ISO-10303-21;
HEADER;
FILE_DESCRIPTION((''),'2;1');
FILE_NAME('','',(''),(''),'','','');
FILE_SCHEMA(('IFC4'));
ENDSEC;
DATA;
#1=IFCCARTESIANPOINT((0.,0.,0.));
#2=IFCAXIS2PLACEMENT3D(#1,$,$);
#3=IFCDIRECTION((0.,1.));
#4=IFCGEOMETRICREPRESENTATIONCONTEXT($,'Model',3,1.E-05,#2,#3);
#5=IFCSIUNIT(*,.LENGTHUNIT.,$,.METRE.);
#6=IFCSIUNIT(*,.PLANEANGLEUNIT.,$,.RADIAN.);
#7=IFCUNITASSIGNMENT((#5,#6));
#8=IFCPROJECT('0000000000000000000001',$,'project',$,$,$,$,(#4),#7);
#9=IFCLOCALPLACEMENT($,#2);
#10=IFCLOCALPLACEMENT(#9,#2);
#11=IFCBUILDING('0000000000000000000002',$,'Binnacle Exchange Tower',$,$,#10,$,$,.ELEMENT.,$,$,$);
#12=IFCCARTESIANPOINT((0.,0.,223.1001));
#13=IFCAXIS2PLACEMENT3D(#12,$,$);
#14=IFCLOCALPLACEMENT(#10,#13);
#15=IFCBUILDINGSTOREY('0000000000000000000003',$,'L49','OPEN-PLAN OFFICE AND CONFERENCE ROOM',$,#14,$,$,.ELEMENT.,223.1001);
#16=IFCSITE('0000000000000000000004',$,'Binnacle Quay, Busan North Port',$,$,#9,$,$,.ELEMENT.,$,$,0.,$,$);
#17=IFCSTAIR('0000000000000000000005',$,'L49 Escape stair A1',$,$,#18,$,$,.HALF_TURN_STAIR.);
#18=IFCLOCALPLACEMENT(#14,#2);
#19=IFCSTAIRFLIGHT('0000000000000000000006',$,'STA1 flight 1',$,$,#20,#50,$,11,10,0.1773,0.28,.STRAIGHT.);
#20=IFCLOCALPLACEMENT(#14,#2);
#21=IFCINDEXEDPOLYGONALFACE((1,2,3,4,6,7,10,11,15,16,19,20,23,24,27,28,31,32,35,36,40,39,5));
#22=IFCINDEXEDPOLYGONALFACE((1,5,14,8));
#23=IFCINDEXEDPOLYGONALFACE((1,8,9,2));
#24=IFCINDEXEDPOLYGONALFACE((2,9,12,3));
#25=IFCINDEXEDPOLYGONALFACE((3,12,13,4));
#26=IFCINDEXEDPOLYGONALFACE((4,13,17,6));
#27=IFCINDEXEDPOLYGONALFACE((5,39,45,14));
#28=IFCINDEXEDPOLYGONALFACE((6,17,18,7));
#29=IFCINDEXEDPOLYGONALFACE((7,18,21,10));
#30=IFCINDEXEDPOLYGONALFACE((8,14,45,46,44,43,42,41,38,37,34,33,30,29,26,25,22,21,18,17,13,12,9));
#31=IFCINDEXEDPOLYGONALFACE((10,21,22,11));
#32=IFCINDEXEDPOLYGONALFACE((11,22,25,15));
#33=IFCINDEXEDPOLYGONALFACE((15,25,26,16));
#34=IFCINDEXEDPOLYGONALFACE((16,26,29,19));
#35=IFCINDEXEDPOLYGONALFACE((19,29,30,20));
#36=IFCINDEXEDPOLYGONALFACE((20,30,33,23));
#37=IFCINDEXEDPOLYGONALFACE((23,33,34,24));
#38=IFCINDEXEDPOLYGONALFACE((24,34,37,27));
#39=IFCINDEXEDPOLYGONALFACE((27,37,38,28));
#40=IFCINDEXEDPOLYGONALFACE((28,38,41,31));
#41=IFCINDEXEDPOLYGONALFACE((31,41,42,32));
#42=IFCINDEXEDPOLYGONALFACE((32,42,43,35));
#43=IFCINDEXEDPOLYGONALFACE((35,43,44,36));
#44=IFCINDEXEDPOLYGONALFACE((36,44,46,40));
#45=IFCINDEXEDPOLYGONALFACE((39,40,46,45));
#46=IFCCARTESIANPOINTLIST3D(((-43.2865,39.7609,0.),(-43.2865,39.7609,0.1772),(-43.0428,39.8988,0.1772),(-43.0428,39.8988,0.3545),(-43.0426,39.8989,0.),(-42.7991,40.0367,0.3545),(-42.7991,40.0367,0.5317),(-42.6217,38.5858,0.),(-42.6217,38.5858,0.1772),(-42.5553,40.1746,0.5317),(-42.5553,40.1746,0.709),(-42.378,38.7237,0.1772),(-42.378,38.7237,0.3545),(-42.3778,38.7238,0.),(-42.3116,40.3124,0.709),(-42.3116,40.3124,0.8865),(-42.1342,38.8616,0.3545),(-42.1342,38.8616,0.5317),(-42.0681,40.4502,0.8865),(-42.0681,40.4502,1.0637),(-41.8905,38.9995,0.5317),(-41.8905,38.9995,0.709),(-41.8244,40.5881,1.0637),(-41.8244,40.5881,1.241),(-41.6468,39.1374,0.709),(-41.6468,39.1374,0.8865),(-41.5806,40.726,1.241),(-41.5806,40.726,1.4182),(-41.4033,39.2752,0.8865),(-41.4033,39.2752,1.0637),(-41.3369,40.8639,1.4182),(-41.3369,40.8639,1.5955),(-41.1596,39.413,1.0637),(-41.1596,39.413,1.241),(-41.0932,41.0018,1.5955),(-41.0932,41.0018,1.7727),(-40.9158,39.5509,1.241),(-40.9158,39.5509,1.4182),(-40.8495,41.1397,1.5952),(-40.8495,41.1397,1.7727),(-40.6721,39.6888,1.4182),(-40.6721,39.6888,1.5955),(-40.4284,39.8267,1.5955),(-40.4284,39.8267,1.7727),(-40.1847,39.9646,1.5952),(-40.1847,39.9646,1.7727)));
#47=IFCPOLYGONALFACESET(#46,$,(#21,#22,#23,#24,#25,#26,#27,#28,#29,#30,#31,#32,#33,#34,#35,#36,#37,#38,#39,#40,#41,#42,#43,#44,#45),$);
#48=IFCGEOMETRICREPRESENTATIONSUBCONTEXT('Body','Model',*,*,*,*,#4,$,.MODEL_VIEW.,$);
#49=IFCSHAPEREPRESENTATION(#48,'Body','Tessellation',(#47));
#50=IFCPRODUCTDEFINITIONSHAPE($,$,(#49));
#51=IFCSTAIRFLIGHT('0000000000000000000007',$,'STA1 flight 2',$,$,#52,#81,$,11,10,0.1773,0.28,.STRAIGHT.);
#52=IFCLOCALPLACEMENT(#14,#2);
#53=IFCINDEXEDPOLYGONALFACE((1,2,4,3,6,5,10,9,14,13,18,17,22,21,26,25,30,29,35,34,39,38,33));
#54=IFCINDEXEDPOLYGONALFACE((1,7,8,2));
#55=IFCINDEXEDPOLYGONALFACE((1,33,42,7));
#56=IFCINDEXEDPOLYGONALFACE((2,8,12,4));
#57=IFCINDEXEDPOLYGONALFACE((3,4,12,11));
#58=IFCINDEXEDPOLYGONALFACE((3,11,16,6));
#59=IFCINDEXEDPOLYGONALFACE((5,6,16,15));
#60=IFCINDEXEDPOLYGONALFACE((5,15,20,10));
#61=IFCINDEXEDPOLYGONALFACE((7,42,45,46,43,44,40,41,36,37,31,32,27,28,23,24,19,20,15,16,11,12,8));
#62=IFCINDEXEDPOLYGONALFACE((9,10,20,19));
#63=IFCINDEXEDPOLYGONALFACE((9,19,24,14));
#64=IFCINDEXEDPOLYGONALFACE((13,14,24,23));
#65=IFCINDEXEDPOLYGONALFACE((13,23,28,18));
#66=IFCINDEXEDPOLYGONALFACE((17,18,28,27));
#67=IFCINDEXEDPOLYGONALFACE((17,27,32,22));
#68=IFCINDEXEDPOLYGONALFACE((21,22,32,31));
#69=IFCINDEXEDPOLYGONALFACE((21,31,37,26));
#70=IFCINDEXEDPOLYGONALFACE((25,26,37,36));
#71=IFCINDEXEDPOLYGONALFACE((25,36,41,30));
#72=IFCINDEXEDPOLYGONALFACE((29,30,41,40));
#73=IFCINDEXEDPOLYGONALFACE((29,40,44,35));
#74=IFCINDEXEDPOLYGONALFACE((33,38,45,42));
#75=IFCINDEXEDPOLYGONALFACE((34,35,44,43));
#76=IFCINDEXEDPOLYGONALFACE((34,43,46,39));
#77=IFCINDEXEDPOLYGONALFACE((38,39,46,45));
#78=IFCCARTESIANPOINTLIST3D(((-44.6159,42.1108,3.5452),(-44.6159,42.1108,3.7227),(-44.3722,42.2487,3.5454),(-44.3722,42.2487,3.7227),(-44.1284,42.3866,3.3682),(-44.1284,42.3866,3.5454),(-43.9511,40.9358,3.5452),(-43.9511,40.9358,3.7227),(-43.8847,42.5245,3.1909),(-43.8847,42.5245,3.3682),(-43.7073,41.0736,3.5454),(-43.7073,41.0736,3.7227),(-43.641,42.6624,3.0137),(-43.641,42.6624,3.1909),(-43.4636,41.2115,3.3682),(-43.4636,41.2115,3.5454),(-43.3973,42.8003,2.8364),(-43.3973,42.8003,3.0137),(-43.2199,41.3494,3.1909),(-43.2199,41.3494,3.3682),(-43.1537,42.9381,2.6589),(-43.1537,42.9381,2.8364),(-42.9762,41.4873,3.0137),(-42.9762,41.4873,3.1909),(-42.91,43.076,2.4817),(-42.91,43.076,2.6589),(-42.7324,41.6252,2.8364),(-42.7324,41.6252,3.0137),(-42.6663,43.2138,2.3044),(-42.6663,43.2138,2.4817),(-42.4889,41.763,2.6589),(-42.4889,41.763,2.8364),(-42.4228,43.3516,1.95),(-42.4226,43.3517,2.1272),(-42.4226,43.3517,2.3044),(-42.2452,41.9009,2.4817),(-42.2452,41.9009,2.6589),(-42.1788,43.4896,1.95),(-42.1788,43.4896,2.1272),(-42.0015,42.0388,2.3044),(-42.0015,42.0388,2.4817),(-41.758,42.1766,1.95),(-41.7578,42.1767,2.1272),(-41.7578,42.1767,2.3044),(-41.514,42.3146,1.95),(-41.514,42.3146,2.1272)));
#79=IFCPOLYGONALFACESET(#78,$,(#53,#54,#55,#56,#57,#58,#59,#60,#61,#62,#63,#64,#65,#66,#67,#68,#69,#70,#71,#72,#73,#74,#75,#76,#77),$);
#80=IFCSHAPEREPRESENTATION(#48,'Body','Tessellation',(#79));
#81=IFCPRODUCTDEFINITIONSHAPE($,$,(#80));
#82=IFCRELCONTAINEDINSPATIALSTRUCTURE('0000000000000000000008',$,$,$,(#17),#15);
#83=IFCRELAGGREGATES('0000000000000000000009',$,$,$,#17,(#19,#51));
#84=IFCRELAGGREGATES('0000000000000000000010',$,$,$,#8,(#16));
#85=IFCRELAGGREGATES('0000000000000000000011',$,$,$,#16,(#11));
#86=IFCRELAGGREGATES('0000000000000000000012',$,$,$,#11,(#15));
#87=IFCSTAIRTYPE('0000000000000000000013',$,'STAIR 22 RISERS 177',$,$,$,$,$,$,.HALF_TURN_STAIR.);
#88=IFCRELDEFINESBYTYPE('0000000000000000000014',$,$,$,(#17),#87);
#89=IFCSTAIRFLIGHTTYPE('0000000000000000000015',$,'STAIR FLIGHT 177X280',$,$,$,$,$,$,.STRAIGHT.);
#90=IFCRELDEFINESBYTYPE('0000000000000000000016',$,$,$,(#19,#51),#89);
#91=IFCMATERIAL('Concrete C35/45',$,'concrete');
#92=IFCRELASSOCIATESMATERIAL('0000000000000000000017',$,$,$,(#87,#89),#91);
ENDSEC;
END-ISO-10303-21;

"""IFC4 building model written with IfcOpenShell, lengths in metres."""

from ifc_helpers import new_model, si_unit, direction, frame, origin, place, context, subcontext, project, spatial, polyline, outline, extrude, material, type_object, element, aggregate, save


model = new_model("IFC4")

# Units and contexts
model_context = context("Model", 3, precision=1e-05, world=origin(), true_north=direction((0.0, 1.0)))
body_context = subcontext(model_context, "Body", "Model", "MODEL_VIEW")
ifc_project = project(units=[si_unit("LENGTHUNIT", "METRE"), si_unit("PLANEANGLEUNIT", "RADIAN")], contexts=[model_context])

# Site, building, storey
site_placement = place(None, origin())
site = spatial("IfcSite", under=ifc_project, at=site_placement, Name="Binnacle Quay, Busan North Port", CompositionType="ELEMENT", RefElevation=0.0)
building_placement = place(site_placement, origin())
building = spatial("IfcBuilding", under=site, at=building_placement, Name="Binnacle Exchange Tower", CompositionType="ELEMENT")
storey_placement = place(building_placement, frame((0.0, 0.0, 223.1001)))
storey = spatial("IfcBuildingStorey", under=building, at=storey_placement, Name="L49", Description="OPEN-PLAN OFFICE AND CONFERENCE ROOM", CompositionType="ELEMENT", Elevation=223.1001)

# Stair, stair flights
ifc_material_1 = material(Name="Concrete C35/45", Category="concrete")
stair_type = type_object("IfcStairType", Name="STAIR 22 RISERS 177", PredefinedType="HALF_TURN_STAIR", material=ifc_material_1)
stair_placement = place(storey_placement, origin())
stair = element("IfcStair", 1, at=stair_placement, inside=storey, type_object=stair_type, Name="L49 Escape stair A1", PredefinedType="HALF_TURN_STAIR")
stair_flight_type = type_object("IfcStairFlightType", Name="STAIR FLIGHT 177X280", PredefinedType="STRAIGHT", material=ifc_material_1)
stair_flight_1_placement = place(storey_placement, frame((-42.9541, 39.1733, 0.0), z_axis=(0.0, 0.0, 1.0), x_axis=(0.870356, 0.492424, 0.0)))
stair_flight_1 = element("IfcStairFlight", 2, at=stair_flight_1_placement, type_object=stair_flight_type, Name="STA1 flight 1", NumberOfRisers=11, NumberOfTreads=10, PredefinedType="STRAIGHT", RiserHeight=0.1773, TreadLength=0.28, context=body_context, shape_type="SweptSolid", body=[
    extrude(outline(polyline([(0.0, 0.0), (0.0, 0.1772), (0.28, 0.1772), (0.28, 0.3545), (0.5601, 0.3545), (0.5601, 0.5317), (0.8401, 0.5317), (0.8401, 0.709), (1.1201, 0.709), (1.1201, 0.8865), (1.3999, 0.8865), (1.3999, 1.0637), (1.6799, 1.0637), (1.6799, 1.241), (1.96, 1.241), (1.96, 1.4182), (2.24, 1.4182), (2.24, 1.5955), (2.52, 1.5955), (2.52, 1.7727), (2.8, 1.7727), (2.8, 1.95), (2.8, 1.5952), (0.2803, 0.0), (0.0, 0.0)])), frame((0.0, 0.675, 0.0), z_axis=(0.0, -1.0, 0.0), x_axis=(1.0, 0.0, 0.0)), (0.0, 0.0, 1.0), 1.3501),
])
stair_flight_2_placement = place(storey_placement, frame((-41.8464, 42.9021, 1.95), z_axis=(0.0, 0.0, 1.0), x_axis=(-0.870356, -0.492424, 0.0)))
stair_flight_2 = element("IfcStairFlight", 3, at=stair_flight_2_placement, type_object=stair_flight_type, Name="STA1 flight 2", NumberOfRisers=11, NumberOfTreads=10, PredefinedType="STRAIGHT", RiserHeight=0.1773, TreadLength=0.28, context=body_context, shape_type="SweptSolid", body=[
    extrude(outline(polyline([(0.0, 0.0), (0.0, 0.1772), (0.28, 0.1772), (0.28, 0.3545), (0.5601, 0.3545), (0.5601, 0.5317), (0.8401, 0.5317), (0.8401, 0.709), (1.1201, 0.709), (1.1201, 0.8865), (1.3999, 0.8865), (1.3999, 1.0637), (1.6799, 1.0637), (1.6799, 1.241), (1.96, 1.241), (1.96, 1.4182), (2.24, 1.4182), (2.24, 1.5955), (2.52, 1.5955), (2.52, 1.7727), (2.8, 1.7727), (2.8, 1.95), (2.8, 1.5952), (0.2803, 0.0), (0.0, 0.0)])), frame((0.0, 0.675, 0.0), z_axis=(0.0, -1.0, 0.0), x_axis=(1.0, 0.0, 0.0)), (0.0, 0.0, 1.0), 1.3501),
])
aggregate(stair, [stair_flight_1, stair_flight_2])

save(model, "model.ifc")
